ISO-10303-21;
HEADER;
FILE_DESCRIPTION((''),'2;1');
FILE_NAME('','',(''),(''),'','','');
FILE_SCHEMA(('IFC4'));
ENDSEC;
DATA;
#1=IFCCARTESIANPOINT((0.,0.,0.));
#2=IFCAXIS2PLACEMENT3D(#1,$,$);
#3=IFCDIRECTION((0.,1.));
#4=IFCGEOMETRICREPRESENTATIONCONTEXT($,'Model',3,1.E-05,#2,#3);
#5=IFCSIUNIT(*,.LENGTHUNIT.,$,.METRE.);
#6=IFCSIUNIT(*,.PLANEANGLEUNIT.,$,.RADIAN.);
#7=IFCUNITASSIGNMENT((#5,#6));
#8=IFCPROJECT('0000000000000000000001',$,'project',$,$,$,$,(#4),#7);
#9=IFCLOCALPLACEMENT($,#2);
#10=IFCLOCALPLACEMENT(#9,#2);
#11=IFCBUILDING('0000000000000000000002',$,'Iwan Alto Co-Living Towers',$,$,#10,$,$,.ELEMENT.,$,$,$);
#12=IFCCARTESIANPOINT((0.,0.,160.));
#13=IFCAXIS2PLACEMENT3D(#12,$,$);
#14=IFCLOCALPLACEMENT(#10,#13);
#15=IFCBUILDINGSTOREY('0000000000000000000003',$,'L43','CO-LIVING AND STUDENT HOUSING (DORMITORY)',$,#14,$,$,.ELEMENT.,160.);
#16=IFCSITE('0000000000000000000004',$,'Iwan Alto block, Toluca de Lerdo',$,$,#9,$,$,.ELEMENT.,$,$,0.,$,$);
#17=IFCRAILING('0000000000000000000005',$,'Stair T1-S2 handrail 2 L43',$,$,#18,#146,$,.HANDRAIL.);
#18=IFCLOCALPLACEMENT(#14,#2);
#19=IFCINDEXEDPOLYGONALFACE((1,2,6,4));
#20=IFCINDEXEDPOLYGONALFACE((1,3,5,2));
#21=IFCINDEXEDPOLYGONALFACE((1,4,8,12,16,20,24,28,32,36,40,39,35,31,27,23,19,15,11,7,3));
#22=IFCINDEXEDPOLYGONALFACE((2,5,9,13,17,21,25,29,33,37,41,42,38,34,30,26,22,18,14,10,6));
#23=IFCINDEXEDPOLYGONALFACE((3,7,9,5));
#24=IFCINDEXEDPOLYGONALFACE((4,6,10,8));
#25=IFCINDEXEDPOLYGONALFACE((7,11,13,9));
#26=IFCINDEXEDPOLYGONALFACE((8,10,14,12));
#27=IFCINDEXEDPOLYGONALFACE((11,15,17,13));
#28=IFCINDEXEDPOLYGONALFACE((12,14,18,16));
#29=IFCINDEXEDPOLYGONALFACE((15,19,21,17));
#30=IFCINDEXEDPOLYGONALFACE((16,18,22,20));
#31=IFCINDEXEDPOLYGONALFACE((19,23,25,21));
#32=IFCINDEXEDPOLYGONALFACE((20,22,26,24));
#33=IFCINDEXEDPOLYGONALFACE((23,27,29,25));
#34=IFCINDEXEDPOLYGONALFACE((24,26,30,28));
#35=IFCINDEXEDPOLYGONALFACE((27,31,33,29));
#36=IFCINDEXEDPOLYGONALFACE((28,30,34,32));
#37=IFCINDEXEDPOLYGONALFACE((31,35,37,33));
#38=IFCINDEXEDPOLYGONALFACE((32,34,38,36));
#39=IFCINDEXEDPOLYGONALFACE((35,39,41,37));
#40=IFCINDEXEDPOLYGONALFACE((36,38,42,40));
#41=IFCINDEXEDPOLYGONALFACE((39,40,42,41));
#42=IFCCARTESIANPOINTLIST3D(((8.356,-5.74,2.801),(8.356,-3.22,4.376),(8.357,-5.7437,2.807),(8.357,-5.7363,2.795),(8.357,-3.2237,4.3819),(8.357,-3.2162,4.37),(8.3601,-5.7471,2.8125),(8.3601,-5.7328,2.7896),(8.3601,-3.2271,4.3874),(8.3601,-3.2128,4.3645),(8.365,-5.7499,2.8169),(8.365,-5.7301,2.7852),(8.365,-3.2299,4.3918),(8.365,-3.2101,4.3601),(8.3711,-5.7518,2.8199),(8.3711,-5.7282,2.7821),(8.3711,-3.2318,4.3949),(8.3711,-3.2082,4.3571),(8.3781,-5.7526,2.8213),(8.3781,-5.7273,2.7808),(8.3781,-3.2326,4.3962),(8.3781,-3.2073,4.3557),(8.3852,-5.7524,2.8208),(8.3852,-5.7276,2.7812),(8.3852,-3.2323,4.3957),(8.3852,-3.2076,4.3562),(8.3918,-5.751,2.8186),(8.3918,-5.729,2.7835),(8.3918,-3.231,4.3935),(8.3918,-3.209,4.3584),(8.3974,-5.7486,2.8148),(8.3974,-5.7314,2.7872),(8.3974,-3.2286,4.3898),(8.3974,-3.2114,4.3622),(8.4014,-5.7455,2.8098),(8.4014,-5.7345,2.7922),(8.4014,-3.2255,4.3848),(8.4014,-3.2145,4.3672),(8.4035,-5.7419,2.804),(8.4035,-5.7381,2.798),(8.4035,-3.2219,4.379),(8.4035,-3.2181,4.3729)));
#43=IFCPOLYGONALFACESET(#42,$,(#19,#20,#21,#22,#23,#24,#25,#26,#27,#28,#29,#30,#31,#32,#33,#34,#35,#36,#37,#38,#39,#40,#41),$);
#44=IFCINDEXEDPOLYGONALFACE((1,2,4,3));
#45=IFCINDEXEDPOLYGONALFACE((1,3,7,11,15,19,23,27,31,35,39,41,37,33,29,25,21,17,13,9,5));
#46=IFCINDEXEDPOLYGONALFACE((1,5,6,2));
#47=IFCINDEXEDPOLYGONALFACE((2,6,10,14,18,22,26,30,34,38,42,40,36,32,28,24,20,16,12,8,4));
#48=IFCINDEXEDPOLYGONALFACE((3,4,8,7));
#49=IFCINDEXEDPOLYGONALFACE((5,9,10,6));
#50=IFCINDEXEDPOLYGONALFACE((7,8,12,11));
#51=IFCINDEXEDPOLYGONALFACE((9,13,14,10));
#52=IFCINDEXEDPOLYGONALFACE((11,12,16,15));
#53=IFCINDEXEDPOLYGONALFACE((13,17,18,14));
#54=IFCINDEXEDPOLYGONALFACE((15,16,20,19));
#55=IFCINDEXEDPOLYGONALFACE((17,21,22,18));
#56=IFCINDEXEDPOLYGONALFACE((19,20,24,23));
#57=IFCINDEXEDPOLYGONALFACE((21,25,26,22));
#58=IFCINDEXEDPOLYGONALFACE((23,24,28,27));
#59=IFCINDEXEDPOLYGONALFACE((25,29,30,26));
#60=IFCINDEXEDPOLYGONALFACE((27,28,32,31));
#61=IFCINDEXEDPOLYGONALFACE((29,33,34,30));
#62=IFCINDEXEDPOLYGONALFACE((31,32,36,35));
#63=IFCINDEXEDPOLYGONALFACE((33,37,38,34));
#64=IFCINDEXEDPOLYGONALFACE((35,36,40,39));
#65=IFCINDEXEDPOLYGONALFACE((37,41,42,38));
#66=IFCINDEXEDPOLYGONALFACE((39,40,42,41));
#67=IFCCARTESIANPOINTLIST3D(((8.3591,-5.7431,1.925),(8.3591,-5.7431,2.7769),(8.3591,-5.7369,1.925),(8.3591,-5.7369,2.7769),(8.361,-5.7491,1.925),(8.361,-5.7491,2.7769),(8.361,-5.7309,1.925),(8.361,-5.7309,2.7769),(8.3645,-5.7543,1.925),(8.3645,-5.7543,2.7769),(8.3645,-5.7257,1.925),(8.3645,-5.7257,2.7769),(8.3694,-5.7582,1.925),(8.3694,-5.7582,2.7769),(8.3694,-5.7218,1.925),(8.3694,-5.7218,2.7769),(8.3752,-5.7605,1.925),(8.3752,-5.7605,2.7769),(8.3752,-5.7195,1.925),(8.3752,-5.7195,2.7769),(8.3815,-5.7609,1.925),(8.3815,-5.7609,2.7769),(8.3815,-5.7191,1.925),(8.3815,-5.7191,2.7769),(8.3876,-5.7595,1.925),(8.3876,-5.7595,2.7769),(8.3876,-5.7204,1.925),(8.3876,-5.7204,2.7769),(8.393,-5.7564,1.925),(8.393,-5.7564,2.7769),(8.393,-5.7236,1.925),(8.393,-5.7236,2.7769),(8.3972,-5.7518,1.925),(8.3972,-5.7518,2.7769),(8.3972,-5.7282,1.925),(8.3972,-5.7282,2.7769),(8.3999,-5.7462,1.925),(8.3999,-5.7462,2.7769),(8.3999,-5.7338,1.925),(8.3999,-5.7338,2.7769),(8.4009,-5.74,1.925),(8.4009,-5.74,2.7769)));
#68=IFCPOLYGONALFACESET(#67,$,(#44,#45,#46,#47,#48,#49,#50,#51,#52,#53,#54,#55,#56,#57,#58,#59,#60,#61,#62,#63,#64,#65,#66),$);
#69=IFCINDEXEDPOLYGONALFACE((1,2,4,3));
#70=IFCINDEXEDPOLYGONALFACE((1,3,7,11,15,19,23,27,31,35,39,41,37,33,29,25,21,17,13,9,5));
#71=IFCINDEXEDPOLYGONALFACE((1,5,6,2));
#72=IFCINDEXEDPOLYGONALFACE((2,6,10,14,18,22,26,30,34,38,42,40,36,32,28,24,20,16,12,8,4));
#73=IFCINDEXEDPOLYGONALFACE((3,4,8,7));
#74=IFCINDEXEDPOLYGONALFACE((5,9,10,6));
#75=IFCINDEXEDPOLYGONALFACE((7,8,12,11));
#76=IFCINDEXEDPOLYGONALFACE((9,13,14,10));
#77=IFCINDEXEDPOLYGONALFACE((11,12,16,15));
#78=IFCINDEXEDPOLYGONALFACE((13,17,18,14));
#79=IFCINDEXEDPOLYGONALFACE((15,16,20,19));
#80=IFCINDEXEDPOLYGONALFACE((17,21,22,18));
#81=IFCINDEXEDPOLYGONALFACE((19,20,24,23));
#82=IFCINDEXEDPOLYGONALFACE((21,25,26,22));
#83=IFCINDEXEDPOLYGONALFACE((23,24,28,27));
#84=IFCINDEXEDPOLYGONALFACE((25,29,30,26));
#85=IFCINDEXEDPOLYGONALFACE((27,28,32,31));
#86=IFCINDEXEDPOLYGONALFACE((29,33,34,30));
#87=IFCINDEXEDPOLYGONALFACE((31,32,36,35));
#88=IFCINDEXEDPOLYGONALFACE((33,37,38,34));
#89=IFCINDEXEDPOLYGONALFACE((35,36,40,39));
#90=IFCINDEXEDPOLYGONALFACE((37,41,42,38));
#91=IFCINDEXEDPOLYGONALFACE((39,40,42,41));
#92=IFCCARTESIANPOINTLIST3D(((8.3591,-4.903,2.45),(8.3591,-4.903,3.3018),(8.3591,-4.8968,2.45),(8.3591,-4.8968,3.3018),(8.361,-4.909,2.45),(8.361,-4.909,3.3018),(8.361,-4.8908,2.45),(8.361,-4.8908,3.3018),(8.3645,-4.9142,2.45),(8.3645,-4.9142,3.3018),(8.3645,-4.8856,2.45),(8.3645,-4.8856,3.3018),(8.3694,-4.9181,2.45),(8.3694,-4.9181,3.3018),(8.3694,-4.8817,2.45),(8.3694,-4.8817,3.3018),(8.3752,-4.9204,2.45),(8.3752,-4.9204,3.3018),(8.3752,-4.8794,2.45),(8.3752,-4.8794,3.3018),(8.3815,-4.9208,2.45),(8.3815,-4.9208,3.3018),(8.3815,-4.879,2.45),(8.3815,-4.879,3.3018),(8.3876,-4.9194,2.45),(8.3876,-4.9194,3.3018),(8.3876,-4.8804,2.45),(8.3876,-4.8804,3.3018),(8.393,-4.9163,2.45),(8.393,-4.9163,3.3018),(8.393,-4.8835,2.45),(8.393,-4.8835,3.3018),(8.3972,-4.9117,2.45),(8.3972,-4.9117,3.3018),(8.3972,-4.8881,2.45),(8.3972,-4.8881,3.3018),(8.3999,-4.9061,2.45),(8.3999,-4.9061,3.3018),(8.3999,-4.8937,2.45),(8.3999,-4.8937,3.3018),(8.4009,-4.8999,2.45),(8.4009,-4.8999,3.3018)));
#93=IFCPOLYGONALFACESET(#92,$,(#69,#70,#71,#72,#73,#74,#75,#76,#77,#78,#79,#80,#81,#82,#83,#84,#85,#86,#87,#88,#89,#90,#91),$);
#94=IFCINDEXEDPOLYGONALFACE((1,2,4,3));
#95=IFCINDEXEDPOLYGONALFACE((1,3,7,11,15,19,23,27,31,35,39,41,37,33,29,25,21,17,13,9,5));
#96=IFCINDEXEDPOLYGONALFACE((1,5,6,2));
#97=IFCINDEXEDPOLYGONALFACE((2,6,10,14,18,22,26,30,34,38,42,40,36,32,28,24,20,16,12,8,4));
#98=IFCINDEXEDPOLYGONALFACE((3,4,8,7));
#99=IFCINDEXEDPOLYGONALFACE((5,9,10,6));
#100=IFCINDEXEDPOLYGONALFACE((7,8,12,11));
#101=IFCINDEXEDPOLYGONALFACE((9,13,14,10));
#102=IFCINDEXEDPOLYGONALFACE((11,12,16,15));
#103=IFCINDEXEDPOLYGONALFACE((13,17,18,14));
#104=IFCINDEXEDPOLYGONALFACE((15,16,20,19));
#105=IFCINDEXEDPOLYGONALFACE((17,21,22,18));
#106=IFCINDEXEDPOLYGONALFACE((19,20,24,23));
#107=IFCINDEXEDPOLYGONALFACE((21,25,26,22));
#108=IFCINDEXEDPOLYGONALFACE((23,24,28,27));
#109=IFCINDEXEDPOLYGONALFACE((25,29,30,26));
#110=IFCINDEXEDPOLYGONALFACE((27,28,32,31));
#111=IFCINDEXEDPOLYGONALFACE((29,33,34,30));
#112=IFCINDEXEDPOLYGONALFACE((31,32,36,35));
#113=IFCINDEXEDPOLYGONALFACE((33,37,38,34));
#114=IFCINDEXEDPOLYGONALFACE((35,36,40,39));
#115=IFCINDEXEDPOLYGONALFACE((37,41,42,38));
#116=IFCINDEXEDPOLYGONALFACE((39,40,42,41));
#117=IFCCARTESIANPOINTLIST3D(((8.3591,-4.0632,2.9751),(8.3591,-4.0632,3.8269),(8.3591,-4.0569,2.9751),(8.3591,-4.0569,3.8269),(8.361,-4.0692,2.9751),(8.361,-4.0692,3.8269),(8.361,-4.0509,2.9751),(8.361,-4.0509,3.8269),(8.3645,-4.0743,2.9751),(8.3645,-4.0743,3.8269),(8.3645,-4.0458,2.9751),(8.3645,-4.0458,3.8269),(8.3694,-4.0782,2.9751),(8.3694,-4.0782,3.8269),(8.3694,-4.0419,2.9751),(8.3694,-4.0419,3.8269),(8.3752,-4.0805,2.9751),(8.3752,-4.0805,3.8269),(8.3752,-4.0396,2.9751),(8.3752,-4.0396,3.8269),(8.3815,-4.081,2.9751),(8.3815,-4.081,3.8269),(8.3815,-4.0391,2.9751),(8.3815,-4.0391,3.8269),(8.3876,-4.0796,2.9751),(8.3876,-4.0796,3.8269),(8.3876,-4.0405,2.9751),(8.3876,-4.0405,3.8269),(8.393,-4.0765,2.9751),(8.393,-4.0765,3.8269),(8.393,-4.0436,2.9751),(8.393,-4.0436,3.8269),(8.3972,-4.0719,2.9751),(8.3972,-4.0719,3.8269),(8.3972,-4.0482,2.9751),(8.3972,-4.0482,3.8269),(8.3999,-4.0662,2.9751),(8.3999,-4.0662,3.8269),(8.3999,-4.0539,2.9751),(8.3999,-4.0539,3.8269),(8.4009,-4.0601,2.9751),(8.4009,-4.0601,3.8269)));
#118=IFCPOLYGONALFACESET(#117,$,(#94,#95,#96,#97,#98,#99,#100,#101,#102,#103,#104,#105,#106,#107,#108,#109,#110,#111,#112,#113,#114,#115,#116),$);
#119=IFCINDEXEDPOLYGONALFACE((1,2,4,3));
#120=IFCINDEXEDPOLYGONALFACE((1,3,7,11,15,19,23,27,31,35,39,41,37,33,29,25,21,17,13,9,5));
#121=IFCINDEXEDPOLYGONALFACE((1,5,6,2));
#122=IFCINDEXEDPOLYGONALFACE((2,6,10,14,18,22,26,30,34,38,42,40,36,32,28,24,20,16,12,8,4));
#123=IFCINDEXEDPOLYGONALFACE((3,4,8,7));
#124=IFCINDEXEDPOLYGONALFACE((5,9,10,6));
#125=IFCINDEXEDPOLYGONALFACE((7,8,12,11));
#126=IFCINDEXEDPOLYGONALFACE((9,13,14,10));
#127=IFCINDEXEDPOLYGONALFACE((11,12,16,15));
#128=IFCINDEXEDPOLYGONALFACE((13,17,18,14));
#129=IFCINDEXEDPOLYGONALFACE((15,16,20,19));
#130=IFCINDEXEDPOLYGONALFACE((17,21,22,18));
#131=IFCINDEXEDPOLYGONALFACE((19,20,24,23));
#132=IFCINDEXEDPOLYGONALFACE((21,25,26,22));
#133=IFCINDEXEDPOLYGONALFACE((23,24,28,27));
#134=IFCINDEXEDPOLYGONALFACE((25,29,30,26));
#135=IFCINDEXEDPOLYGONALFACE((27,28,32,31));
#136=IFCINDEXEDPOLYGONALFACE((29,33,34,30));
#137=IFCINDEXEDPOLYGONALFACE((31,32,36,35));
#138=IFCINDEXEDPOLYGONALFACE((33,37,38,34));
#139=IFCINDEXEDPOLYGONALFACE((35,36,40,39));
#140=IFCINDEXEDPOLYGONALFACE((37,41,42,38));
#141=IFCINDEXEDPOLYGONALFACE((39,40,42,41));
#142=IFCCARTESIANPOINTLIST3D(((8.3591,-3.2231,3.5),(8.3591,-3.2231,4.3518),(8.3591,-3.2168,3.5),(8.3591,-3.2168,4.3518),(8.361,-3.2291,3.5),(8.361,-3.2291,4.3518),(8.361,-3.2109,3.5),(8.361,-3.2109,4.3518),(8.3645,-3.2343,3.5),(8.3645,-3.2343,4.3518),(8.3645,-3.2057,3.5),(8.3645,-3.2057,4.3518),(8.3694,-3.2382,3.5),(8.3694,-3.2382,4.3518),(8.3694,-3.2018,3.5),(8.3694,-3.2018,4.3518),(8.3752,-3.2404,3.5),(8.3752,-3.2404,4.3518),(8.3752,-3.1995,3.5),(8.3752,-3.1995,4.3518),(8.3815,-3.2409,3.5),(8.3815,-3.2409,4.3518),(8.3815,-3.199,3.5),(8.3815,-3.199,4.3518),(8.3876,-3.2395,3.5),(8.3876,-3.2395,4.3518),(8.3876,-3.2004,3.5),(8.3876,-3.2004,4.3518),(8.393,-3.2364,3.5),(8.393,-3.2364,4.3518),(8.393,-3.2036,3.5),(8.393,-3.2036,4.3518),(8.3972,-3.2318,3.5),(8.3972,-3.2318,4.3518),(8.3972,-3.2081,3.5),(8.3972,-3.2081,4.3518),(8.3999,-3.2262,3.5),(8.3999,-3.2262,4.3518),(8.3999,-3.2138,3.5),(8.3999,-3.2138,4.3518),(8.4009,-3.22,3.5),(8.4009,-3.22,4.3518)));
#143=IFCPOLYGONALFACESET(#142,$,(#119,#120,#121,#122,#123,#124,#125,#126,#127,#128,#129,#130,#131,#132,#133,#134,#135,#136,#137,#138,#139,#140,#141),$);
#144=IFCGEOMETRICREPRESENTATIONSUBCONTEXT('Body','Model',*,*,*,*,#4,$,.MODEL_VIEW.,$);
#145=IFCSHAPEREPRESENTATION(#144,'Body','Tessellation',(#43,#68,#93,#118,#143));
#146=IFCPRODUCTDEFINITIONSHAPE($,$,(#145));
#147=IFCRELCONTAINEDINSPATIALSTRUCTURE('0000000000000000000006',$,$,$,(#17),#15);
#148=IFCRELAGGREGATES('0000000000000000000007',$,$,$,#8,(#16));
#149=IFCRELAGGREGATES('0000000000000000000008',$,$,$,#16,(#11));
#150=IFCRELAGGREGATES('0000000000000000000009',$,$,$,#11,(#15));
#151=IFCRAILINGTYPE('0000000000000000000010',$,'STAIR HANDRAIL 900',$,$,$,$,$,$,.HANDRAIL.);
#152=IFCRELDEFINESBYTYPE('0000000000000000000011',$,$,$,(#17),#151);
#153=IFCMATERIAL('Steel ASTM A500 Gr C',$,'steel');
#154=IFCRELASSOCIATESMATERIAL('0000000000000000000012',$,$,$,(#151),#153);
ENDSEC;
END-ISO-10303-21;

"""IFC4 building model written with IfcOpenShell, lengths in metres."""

from ifc_helpers import new_model, si_unit, direction, frame, origin, origin_2d, place, context, subcontext, project, spatial, circle, extrude, material, type_object, element, save


model = new_model("IFC4")

# Units and contexts
model_context = context("Model", 3, precision=1e-05, world=origin(), true_north=direction((0.0, 1.0)))
body_context = subcontext(model_context, "Body", "Model", "MODEL_VIEW")
ifc_project = project(units=[si_unit("LENGTHUNIT", "METRE"), si_unit("PLANEANGLEUNIT", "RADIAN")], contexts=[model_context])

# Site, building, storey
site_placement = place(None, origin())
site = spatial("IfcSite", under=ifc_project, at=site_placement, Name="Iwan Alto block, Toluca de Lerdo", CompositionType="ELEMENT", RefElevation=0.0)
building_placement = place(site_placement, origin())
building = spatial("IfcBuilding", under=site, at=building_placement, Name="Iwan Alto Co-Living Towers", CompositionType="ELEMENT")
storey_placement = place(building_placement, frame((0.0, 0.0, 160.0)))
storey = spatial("IfcBuildingStorey", under=building, at=storey_placement, Name="L43", Description="CO-LIVING AND STUDENT HOUSING (DORMITORY)", CompositionType="ELEMENT", Elevation=160.0)

# Railing
ifc_material_1 = material(Name="Steel ASTM A500 Gr C", Category="steel")
railing_type_1 = type_object("IfcRailingType", Name="STAIR HANDRAIL 900", PredefinedType="HANDRAIL", material=ifc_material_1)
railing_1_placement = place(storey_placement, frame((8.3799, -5.74, 1.925)))
element("IfcRailing", 1, at=railing_1_placement, inside=storey, type_object=railing_type_1, Name="Stair T1-S2 handrail 2 L43", PredefinedType="HANDRAIL", context=body_context, shape_type="SweptSolid", body=[
    extrude(circle(Radius=0.0239, at=origin_2d()), frame((0.0, 0.0, 0.876), z_axis=(0.0, 0.848008, 0.529984), x_axis=(-1.0, 0.0, 0.0)), (0.0, 0.0, 1.0), 2.9717),
    extrude(circle(Radius=0.021, at=origin_2d()), origin(), (0.0, 0.0, 1.0), 0.8518),
    extrude(circle(Radius=0.021, at=origin_2d()), frame((0.0, 0.8401, 0.5249)), (0.0, 0.0, 1.0), 0.8518),
    extrude(circle(Radius=0.021, at=origin_2d()), frame((0.0, 1.6799, 1.05)), (0.0, 0.0, 1.0), 0.8518),
    extrude(circle(Radius=0.021, at=origin_2d()), frame((0.0, 2.52, 1.575)), (0.0, 0.0, 1.0), 0.8518),
])

save(model, "model.ifc")
